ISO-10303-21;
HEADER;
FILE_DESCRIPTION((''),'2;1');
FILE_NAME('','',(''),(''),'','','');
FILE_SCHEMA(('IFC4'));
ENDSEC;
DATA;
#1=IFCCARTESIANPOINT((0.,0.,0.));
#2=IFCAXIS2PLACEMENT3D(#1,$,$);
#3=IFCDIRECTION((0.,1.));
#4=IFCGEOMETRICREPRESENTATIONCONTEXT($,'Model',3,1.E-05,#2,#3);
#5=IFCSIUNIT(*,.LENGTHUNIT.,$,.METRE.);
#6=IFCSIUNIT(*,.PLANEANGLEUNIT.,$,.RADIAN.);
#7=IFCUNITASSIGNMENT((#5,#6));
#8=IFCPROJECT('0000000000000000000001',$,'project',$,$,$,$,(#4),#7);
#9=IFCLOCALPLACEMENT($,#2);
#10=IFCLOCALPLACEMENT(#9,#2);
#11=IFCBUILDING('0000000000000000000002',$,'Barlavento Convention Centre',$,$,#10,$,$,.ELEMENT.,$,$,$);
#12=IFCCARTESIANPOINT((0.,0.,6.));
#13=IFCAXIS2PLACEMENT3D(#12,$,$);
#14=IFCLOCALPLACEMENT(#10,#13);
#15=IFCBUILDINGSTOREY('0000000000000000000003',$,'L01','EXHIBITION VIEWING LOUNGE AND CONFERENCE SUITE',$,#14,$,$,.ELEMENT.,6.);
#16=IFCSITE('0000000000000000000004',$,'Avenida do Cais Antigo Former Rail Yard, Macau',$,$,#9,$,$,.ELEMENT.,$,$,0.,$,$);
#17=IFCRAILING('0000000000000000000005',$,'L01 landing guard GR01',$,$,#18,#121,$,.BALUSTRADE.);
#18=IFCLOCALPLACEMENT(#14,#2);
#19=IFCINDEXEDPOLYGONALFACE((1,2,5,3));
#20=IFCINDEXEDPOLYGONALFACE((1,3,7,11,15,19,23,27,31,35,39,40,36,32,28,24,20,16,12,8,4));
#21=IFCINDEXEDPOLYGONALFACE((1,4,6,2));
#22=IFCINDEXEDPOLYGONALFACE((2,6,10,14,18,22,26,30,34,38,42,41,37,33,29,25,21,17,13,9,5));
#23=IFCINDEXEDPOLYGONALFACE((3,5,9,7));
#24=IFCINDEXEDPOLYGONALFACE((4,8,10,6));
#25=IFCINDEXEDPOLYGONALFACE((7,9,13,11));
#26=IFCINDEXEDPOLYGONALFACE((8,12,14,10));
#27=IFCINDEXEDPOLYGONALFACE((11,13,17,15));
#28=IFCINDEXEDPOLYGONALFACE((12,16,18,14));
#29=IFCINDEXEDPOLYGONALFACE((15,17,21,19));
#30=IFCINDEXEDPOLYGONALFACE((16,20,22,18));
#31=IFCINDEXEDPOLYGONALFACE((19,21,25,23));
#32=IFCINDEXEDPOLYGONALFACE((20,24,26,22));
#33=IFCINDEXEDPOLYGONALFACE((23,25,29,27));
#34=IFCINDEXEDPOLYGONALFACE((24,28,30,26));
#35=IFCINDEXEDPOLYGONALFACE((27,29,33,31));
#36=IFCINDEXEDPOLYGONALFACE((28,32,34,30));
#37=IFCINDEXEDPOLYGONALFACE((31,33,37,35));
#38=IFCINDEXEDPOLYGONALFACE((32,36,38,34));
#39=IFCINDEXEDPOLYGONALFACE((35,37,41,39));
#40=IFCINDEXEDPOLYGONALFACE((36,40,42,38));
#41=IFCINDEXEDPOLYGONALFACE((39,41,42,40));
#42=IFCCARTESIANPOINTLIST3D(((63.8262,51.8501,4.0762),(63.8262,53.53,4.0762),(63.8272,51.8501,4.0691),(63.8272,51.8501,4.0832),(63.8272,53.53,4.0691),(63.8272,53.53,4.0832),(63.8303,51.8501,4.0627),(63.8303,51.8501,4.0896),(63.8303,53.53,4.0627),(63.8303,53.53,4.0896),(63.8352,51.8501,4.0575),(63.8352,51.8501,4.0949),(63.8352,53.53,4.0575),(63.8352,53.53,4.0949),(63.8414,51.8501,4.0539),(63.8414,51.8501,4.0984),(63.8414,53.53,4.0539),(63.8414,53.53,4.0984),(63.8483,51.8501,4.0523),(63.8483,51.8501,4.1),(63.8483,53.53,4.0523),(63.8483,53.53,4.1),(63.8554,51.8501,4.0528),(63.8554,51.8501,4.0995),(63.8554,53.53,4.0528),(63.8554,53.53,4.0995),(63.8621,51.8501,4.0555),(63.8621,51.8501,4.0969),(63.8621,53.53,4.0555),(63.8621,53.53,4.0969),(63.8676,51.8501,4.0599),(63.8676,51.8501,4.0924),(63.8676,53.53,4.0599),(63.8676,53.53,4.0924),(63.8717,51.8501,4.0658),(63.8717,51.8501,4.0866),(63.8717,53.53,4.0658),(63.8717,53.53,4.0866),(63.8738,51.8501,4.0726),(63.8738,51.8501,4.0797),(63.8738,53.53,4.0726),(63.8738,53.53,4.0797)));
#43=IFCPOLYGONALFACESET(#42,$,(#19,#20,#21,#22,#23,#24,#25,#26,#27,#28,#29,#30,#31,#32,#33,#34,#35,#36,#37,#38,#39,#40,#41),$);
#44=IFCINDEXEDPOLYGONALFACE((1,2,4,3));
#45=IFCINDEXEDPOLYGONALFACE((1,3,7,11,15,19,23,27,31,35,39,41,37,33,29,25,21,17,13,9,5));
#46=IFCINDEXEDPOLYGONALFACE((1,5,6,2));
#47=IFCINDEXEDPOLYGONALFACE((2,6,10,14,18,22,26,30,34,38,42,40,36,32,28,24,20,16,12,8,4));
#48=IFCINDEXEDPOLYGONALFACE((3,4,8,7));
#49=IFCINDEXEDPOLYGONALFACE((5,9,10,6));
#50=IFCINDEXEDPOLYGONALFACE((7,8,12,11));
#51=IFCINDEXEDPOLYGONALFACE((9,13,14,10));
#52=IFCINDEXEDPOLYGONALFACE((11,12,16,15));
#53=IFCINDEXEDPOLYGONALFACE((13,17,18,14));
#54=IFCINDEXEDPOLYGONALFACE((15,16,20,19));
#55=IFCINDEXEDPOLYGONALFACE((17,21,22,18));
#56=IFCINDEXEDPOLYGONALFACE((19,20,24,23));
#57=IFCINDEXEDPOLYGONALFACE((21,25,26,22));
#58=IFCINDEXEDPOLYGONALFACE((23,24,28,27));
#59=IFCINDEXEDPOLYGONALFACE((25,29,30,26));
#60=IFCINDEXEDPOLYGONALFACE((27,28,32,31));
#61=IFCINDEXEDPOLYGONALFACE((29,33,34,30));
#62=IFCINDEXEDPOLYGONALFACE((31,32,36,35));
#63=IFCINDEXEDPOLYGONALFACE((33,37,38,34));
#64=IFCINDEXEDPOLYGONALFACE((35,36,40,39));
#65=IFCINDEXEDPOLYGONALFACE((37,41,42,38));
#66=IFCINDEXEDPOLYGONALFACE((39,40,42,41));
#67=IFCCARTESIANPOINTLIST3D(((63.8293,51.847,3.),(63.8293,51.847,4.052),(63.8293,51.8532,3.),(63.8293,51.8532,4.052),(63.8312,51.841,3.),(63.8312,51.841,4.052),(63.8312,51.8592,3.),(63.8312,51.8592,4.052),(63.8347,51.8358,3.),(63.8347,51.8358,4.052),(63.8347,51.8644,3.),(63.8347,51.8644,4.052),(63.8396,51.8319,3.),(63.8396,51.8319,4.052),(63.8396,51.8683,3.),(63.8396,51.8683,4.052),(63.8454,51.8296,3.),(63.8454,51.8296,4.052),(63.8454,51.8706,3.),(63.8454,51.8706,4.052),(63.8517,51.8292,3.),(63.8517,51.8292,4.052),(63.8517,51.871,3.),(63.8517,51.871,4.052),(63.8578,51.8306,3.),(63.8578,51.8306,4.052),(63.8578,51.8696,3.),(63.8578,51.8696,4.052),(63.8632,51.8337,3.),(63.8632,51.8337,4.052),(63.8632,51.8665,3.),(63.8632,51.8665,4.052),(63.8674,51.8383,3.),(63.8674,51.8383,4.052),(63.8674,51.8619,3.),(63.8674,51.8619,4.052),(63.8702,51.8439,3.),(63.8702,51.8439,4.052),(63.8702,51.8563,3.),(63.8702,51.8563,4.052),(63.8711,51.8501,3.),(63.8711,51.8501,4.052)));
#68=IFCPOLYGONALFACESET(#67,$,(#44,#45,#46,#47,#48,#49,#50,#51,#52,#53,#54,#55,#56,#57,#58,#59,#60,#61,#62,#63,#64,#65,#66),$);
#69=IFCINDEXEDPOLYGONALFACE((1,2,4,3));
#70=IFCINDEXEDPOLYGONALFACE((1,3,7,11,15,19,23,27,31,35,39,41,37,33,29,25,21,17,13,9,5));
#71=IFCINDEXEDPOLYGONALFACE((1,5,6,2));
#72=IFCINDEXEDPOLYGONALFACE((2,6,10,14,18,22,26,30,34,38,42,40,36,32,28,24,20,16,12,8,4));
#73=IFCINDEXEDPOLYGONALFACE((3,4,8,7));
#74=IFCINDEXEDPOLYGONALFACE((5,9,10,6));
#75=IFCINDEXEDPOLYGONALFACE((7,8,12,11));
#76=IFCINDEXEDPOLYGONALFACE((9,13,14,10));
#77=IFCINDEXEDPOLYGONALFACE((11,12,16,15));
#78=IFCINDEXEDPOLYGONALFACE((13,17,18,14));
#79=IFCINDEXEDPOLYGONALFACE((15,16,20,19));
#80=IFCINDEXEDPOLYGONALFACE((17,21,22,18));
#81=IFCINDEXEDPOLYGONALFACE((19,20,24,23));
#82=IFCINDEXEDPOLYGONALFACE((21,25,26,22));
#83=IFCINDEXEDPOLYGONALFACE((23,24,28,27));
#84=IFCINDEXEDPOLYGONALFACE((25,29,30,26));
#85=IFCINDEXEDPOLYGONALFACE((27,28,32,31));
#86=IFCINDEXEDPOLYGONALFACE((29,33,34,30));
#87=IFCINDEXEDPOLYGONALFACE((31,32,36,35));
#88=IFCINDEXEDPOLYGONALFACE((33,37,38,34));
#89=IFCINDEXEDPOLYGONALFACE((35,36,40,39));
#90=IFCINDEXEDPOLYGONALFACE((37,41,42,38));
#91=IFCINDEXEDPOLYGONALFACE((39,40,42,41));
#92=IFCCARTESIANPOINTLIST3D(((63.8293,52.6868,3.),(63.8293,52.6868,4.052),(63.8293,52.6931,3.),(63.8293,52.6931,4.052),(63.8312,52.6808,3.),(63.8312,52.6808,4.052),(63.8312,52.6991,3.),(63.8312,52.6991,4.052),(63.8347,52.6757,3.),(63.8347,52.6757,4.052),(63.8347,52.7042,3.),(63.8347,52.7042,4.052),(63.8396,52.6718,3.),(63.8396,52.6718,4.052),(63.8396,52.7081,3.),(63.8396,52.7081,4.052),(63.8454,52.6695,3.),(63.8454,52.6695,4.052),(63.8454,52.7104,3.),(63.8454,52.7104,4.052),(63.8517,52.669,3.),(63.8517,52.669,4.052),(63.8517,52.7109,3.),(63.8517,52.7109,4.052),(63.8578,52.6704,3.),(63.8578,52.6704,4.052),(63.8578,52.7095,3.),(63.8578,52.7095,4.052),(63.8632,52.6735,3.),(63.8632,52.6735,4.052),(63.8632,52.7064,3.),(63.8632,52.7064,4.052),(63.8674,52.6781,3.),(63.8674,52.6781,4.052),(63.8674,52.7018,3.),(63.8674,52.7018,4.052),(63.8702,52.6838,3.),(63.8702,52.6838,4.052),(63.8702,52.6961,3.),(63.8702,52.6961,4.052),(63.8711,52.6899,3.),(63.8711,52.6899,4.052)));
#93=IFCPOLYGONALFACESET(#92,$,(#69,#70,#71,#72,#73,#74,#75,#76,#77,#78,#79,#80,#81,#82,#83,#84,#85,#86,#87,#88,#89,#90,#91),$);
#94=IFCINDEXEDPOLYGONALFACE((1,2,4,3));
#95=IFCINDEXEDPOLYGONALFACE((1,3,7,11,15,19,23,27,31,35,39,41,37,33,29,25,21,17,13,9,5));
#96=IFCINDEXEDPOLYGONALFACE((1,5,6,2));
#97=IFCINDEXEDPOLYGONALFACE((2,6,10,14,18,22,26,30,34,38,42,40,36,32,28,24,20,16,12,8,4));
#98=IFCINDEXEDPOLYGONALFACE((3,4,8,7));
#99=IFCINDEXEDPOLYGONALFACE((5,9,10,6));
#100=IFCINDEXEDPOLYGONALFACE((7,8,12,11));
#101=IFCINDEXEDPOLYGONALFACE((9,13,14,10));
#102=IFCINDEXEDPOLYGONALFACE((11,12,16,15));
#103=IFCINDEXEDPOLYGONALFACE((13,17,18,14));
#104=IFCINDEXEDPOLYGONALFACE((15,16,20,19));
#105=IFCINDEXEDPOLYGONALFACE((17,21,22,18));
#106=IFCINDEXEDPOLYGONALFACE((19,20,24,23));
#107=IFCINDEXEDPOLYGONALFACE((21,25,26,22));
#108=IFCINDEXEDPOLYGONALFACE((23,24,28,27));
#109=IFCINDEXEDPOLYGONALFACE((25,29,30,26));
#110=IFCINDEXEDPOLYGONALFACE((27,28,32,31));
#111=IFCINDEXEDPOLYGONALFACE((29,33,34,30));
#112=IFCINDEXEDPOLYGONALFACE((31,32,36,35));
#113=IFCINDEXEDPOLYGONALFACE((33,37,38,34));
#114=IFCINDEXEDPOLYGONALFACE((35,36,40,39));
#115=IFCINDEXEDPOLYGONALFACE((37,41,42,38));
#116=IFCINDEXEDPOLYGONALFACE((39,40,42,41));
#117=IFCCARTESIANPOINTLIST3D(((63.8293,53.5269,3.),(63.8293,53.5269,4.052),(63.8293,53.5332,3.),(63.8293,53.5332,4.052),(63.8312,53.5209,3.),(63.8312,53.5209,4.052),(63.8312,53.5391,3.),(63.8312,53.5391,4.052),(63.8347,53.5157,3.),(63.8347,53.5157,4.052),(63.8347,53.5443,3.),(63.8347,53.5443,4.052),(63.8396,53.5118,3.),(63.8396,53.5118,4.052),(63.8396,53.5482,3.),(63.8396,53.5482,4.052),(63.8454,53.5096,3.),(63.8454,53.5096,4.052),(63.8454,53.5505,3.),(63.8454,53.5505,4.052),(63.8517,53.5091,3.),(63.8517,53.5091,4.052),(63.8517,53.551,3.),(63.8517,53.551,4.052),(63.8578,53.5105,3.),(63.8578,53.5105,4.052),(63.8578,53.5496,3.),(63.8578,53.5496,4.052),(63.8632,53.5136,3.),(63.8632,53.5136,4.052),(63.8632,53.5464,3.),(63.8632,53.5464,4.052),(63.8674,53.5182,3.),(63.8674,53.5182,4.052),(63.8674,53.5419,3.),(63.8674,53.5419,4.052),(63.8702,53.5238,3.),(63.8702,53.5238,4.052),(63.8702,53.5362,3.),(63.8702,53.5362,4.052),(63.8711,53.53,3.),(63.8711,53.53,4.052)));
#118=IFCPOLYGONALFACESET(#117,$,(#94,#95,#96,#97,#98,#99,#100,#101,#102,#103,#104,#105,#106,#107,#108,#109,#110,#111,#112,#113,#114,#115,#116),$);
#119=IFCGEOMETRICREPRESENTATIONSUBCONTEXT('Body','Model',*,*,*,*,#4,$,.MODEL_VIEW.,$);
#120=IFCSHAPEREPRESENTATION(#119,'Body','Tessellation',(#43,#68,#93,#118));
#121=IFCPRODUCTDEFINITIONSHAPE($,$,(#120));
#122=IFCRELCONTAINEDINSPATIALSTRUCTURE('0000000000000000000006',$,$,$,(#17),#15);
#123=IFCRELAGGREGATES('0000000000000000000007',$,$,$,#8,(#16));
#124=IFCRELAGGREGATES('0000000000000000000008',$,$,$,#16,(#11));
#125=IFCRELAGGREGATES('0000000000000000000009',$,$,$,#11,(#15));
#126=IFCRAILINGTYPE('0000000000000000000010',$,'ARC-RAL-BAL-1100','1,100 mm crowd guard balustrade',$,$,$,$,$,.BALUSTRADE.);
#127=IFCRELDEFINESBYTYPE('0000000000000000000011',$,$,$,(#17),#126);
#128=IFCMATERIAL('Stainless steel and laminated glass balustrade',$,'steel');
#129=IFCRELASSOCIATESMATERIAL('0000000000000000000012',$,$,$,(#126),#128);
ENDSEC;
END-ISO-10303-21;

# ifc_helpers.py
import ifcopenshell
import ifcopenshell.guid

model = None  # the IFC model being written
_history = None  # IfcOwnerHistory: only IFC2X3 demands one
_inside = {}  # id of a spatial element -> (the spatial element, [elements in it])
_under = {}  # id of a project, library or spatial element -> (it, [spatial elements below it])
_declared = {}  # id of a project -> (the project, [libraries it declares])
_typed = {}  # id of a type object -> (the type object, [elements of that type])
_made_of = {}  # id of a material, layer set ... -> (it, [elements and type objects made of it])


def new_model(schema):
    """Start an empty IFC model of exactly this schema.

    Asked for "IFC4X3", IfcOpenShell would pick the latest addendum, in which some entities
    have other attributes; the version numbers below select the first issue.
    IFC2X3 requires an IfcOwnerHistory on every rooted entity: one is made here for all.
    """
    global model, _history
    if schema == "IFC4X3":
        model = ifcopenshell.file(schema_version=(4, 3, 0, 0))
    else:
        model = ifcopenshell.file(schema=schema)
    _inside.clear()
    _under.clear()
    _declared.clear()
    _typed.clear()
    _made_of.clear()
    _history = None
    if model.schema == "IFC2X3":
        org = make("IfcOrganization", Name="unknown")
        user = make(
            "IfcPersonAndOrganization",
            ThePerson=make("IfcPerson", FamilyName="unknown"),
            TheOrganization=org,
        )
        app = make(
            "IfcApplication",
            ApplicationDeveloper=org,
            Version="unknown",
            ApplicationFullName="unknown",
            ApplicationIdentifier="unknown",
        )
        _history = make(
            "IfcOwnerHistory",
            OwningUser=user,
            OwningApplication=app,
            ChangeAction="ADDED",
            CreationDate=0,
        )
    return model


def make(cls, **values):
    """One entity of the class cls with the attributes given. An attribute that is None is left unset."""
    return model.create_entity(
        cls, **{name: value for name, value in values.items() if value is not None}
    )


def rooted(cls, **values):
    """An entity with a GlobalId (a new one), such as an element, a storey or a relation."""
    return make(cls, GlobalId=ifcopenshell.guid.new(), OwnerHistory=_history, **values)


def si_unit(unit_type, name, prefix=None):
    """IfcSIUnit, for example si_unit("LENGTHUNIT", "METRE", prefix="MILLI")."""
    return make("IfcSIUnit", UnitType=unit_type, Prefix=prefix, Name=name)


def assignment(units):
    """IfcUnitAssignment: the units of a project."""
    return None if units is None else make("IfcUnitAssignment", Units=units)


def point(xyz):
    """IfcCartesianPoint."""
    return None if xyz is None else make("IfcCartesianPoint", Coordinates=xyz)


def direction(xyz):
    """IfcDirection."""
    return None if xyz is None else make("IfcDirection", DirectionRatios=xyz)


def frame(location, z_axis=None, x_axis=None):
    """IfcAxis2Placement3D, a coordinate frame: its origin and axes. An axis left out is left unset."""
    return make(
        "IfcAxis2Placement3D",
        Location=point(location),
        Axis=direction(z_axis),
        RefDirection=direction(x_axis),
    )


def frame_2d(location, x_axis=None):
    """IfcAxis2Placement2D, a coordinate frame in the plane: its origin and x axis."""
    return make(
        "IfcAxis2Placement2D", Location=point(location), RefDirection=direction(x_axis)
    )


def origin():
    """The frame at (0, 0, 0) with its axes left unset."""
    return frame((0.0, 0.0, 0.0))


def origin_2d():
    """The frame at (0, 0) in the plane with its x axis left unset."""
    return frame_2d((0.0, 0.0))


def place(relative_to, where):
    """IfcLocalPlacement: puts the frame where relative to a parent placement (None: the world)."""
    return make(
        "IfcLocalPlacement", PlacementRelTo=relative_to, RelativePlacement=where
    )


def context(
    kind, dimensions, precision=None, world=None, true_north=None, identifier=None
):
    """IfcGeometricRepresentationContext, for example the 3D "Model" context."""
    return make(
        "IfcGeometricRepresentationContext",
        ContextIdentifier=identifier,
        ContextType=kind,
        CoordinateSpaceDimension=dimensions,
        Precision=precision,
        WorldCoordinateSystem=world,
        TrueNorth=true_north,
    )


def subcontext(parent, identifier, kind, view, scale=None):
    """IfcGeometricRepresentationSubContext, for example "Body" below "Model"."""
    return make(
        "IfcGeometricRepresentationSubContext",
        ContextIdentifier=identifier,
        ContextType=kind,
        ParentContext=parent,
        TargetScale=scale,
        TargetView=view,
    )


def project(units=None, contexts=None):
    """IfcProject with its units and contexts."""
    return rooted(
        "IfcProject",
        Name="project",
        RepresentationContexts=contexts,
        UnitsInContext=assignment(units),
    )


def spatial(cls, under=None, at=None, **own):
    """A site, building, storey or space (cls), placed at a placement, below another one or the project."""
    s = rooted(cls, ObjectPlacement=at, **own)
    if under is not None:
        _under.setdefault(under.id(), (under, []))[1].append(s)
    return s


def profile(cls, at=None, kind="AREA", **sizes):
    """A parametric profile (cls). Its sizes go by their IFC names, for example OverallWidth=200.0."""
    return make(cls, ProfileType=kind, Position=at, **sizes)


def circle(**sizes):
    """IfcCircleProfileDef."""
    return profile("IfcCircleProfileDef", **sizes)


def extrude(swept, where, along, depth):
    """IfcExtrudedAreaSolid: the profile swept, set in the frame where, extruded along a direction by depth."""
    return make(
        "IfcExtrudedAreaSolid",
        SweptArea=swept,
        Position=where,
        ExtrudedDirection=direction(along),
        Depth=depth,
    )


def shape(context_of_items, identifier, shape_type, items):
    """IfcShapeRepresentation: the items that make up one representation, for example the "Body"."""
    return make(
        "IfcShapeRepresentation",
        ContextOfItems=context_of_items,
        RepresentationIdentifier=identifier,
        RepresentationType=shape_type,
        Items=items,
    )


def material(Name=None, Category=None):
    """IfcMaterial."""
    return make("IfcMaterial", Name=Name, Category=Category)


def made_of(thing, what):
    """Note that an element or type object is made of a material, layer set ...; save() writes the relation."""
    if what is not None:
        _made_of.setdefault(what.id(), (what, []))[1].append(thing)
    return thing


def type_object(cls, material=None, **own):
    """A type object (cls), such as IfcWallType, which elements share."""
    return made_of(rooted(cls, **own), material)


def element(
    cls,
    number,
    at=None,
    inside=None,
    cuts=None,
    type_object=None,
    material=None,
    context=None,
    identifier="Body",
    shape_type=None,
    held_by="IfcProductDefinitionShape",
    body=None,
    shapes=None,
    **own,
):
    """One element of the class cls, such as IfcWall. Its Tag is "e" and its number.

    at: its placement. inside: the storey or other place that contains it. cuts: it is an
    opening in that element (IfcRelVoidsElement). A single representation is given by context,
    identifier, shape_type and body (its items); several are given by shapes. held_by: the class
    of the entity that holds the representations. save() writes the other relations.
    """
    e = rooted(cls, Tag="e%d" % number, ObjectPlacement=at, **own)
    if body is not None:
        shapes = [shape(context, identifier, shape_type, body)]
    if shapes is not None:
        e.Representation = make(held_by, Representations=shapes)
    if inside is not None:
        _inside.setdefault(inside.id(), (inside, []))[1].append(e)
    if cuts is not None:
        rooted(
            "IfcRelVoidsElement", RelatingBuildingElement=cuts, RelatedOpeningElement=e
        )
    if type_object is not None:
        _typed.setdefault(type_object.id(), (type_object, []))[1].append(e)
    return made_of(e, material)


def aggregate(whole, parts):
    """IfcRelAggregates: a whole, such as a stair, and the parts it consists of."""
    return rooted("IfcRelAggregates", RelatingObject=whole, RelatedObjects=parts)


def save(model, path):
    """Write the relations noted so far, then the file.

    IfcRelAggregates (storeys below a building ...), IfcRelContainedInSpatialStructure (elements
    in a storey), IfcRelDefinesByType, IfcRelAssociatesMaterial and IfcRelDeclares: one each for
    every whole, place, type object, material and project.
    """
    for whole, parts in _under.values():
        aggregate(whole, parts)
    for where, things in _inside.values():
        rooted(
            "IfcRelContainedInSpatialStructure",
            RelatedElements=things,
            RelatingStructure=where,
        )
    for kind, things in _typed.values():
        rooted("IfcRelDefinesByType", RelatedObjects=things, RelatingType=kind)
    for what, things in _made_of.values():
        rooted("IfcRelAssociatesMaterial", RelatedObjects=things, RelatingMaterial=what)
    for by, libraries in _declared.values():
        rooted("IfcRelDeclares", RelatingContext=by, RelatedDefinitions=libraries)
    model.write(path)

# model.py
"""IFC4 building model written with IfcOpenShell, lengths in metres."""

from ifc_helpers import new_model, si_unit, direction, frame, origin, origin_2d, place, context, subcontext, project, spatial, circle, extrude, material, type_object, element, save


model = new_model("IFC4")

# Units and contexts
model_context = context("Model", 3, precision=1e-05, world=origin(), true_north=direction((0.0, 1.0)))
body_context = subcontext(model_context, "Body", "Model", "MODEL_VIEW")
ifc_project = project(units=[si_unit("LENGTHUNIT", "METRE"), si_unit("PLANEANGLEUNIT", "RADIAN")], contexts=[model_context])

# Site, building, storey
site_placement = place(None, origin())
site = spatial("IfcSite", under=ifc_project, at=site_placement, Name="Avenida do Cais Antigo Former Rail Yard, Macau", CompositionType="ELEMENT", RefElevation=0.0)
building_placement = place(site_placement, origin())
building = spatial("IfcBuilding", under=site, at=building_placement, Name="Barlavento Convention Centre", CompositionType="ELEMENT")
storey_placement = place(building_placement, frame((0.0, 0.0, 6.0)))
storey = spatial("IfcBuildingStorey", under=building, at=storey_placement, Name="L01", Description="EXHIBITION VIEWING LOUNGE AND CONFERENCE SUITE", CompositionType="ELEMENT", Elevation=6.0)

# Railing
ifc_material_1 = material(Name="Stainless steel and laminated glass balustrade", Category="steel")
railing_type_1 = type_object("IfcRailingType", Name="ARC-RAL-BAL-1100", Description="1,100 mm crowd guard balustrade", PredefinedType="BALUSTRADE", material=ifc_material_1)
for number, where, name in (
    (1, (63.8501, 51.8501, 3.0), "L01 landing guard GR01"),
):
    element("IfcRailing", number, at=place(storey_placement, frame(where)), inside=storey, type_object=railing_type_1, Name=name, PredefinedType="BALUSTRADE", context=body_context, shape_type="SweptSolid", body=[
        extrude(circle(Radius=0.0239, at=origin_2d()), frame((0.0, 0.0, 1.0762), z_axis=(0.0, 1.0, 0.0), x_axis=(-1.0, 0.0, 0.0)), (0.0, 0.0, 1.0), 1.6799),
        extrude(circle(Radius=0.021, at=origin_2d()), origin(), (0.0, 0.0, 1.0), 1.052),
        extrude(circle(Radius=0.021, at=origin_2d()), frame((0.0, 0.8398, 0.0)), (0.0, 0.0, 1.0), 1.052),
        extrude(circle(Radius=0.021, at=origin_2d()), frame((0.0, 1.6799, 0.0)), (0.0, 0.0, 1.0), 1.052),
    ])

save(model, "model.ifc")
